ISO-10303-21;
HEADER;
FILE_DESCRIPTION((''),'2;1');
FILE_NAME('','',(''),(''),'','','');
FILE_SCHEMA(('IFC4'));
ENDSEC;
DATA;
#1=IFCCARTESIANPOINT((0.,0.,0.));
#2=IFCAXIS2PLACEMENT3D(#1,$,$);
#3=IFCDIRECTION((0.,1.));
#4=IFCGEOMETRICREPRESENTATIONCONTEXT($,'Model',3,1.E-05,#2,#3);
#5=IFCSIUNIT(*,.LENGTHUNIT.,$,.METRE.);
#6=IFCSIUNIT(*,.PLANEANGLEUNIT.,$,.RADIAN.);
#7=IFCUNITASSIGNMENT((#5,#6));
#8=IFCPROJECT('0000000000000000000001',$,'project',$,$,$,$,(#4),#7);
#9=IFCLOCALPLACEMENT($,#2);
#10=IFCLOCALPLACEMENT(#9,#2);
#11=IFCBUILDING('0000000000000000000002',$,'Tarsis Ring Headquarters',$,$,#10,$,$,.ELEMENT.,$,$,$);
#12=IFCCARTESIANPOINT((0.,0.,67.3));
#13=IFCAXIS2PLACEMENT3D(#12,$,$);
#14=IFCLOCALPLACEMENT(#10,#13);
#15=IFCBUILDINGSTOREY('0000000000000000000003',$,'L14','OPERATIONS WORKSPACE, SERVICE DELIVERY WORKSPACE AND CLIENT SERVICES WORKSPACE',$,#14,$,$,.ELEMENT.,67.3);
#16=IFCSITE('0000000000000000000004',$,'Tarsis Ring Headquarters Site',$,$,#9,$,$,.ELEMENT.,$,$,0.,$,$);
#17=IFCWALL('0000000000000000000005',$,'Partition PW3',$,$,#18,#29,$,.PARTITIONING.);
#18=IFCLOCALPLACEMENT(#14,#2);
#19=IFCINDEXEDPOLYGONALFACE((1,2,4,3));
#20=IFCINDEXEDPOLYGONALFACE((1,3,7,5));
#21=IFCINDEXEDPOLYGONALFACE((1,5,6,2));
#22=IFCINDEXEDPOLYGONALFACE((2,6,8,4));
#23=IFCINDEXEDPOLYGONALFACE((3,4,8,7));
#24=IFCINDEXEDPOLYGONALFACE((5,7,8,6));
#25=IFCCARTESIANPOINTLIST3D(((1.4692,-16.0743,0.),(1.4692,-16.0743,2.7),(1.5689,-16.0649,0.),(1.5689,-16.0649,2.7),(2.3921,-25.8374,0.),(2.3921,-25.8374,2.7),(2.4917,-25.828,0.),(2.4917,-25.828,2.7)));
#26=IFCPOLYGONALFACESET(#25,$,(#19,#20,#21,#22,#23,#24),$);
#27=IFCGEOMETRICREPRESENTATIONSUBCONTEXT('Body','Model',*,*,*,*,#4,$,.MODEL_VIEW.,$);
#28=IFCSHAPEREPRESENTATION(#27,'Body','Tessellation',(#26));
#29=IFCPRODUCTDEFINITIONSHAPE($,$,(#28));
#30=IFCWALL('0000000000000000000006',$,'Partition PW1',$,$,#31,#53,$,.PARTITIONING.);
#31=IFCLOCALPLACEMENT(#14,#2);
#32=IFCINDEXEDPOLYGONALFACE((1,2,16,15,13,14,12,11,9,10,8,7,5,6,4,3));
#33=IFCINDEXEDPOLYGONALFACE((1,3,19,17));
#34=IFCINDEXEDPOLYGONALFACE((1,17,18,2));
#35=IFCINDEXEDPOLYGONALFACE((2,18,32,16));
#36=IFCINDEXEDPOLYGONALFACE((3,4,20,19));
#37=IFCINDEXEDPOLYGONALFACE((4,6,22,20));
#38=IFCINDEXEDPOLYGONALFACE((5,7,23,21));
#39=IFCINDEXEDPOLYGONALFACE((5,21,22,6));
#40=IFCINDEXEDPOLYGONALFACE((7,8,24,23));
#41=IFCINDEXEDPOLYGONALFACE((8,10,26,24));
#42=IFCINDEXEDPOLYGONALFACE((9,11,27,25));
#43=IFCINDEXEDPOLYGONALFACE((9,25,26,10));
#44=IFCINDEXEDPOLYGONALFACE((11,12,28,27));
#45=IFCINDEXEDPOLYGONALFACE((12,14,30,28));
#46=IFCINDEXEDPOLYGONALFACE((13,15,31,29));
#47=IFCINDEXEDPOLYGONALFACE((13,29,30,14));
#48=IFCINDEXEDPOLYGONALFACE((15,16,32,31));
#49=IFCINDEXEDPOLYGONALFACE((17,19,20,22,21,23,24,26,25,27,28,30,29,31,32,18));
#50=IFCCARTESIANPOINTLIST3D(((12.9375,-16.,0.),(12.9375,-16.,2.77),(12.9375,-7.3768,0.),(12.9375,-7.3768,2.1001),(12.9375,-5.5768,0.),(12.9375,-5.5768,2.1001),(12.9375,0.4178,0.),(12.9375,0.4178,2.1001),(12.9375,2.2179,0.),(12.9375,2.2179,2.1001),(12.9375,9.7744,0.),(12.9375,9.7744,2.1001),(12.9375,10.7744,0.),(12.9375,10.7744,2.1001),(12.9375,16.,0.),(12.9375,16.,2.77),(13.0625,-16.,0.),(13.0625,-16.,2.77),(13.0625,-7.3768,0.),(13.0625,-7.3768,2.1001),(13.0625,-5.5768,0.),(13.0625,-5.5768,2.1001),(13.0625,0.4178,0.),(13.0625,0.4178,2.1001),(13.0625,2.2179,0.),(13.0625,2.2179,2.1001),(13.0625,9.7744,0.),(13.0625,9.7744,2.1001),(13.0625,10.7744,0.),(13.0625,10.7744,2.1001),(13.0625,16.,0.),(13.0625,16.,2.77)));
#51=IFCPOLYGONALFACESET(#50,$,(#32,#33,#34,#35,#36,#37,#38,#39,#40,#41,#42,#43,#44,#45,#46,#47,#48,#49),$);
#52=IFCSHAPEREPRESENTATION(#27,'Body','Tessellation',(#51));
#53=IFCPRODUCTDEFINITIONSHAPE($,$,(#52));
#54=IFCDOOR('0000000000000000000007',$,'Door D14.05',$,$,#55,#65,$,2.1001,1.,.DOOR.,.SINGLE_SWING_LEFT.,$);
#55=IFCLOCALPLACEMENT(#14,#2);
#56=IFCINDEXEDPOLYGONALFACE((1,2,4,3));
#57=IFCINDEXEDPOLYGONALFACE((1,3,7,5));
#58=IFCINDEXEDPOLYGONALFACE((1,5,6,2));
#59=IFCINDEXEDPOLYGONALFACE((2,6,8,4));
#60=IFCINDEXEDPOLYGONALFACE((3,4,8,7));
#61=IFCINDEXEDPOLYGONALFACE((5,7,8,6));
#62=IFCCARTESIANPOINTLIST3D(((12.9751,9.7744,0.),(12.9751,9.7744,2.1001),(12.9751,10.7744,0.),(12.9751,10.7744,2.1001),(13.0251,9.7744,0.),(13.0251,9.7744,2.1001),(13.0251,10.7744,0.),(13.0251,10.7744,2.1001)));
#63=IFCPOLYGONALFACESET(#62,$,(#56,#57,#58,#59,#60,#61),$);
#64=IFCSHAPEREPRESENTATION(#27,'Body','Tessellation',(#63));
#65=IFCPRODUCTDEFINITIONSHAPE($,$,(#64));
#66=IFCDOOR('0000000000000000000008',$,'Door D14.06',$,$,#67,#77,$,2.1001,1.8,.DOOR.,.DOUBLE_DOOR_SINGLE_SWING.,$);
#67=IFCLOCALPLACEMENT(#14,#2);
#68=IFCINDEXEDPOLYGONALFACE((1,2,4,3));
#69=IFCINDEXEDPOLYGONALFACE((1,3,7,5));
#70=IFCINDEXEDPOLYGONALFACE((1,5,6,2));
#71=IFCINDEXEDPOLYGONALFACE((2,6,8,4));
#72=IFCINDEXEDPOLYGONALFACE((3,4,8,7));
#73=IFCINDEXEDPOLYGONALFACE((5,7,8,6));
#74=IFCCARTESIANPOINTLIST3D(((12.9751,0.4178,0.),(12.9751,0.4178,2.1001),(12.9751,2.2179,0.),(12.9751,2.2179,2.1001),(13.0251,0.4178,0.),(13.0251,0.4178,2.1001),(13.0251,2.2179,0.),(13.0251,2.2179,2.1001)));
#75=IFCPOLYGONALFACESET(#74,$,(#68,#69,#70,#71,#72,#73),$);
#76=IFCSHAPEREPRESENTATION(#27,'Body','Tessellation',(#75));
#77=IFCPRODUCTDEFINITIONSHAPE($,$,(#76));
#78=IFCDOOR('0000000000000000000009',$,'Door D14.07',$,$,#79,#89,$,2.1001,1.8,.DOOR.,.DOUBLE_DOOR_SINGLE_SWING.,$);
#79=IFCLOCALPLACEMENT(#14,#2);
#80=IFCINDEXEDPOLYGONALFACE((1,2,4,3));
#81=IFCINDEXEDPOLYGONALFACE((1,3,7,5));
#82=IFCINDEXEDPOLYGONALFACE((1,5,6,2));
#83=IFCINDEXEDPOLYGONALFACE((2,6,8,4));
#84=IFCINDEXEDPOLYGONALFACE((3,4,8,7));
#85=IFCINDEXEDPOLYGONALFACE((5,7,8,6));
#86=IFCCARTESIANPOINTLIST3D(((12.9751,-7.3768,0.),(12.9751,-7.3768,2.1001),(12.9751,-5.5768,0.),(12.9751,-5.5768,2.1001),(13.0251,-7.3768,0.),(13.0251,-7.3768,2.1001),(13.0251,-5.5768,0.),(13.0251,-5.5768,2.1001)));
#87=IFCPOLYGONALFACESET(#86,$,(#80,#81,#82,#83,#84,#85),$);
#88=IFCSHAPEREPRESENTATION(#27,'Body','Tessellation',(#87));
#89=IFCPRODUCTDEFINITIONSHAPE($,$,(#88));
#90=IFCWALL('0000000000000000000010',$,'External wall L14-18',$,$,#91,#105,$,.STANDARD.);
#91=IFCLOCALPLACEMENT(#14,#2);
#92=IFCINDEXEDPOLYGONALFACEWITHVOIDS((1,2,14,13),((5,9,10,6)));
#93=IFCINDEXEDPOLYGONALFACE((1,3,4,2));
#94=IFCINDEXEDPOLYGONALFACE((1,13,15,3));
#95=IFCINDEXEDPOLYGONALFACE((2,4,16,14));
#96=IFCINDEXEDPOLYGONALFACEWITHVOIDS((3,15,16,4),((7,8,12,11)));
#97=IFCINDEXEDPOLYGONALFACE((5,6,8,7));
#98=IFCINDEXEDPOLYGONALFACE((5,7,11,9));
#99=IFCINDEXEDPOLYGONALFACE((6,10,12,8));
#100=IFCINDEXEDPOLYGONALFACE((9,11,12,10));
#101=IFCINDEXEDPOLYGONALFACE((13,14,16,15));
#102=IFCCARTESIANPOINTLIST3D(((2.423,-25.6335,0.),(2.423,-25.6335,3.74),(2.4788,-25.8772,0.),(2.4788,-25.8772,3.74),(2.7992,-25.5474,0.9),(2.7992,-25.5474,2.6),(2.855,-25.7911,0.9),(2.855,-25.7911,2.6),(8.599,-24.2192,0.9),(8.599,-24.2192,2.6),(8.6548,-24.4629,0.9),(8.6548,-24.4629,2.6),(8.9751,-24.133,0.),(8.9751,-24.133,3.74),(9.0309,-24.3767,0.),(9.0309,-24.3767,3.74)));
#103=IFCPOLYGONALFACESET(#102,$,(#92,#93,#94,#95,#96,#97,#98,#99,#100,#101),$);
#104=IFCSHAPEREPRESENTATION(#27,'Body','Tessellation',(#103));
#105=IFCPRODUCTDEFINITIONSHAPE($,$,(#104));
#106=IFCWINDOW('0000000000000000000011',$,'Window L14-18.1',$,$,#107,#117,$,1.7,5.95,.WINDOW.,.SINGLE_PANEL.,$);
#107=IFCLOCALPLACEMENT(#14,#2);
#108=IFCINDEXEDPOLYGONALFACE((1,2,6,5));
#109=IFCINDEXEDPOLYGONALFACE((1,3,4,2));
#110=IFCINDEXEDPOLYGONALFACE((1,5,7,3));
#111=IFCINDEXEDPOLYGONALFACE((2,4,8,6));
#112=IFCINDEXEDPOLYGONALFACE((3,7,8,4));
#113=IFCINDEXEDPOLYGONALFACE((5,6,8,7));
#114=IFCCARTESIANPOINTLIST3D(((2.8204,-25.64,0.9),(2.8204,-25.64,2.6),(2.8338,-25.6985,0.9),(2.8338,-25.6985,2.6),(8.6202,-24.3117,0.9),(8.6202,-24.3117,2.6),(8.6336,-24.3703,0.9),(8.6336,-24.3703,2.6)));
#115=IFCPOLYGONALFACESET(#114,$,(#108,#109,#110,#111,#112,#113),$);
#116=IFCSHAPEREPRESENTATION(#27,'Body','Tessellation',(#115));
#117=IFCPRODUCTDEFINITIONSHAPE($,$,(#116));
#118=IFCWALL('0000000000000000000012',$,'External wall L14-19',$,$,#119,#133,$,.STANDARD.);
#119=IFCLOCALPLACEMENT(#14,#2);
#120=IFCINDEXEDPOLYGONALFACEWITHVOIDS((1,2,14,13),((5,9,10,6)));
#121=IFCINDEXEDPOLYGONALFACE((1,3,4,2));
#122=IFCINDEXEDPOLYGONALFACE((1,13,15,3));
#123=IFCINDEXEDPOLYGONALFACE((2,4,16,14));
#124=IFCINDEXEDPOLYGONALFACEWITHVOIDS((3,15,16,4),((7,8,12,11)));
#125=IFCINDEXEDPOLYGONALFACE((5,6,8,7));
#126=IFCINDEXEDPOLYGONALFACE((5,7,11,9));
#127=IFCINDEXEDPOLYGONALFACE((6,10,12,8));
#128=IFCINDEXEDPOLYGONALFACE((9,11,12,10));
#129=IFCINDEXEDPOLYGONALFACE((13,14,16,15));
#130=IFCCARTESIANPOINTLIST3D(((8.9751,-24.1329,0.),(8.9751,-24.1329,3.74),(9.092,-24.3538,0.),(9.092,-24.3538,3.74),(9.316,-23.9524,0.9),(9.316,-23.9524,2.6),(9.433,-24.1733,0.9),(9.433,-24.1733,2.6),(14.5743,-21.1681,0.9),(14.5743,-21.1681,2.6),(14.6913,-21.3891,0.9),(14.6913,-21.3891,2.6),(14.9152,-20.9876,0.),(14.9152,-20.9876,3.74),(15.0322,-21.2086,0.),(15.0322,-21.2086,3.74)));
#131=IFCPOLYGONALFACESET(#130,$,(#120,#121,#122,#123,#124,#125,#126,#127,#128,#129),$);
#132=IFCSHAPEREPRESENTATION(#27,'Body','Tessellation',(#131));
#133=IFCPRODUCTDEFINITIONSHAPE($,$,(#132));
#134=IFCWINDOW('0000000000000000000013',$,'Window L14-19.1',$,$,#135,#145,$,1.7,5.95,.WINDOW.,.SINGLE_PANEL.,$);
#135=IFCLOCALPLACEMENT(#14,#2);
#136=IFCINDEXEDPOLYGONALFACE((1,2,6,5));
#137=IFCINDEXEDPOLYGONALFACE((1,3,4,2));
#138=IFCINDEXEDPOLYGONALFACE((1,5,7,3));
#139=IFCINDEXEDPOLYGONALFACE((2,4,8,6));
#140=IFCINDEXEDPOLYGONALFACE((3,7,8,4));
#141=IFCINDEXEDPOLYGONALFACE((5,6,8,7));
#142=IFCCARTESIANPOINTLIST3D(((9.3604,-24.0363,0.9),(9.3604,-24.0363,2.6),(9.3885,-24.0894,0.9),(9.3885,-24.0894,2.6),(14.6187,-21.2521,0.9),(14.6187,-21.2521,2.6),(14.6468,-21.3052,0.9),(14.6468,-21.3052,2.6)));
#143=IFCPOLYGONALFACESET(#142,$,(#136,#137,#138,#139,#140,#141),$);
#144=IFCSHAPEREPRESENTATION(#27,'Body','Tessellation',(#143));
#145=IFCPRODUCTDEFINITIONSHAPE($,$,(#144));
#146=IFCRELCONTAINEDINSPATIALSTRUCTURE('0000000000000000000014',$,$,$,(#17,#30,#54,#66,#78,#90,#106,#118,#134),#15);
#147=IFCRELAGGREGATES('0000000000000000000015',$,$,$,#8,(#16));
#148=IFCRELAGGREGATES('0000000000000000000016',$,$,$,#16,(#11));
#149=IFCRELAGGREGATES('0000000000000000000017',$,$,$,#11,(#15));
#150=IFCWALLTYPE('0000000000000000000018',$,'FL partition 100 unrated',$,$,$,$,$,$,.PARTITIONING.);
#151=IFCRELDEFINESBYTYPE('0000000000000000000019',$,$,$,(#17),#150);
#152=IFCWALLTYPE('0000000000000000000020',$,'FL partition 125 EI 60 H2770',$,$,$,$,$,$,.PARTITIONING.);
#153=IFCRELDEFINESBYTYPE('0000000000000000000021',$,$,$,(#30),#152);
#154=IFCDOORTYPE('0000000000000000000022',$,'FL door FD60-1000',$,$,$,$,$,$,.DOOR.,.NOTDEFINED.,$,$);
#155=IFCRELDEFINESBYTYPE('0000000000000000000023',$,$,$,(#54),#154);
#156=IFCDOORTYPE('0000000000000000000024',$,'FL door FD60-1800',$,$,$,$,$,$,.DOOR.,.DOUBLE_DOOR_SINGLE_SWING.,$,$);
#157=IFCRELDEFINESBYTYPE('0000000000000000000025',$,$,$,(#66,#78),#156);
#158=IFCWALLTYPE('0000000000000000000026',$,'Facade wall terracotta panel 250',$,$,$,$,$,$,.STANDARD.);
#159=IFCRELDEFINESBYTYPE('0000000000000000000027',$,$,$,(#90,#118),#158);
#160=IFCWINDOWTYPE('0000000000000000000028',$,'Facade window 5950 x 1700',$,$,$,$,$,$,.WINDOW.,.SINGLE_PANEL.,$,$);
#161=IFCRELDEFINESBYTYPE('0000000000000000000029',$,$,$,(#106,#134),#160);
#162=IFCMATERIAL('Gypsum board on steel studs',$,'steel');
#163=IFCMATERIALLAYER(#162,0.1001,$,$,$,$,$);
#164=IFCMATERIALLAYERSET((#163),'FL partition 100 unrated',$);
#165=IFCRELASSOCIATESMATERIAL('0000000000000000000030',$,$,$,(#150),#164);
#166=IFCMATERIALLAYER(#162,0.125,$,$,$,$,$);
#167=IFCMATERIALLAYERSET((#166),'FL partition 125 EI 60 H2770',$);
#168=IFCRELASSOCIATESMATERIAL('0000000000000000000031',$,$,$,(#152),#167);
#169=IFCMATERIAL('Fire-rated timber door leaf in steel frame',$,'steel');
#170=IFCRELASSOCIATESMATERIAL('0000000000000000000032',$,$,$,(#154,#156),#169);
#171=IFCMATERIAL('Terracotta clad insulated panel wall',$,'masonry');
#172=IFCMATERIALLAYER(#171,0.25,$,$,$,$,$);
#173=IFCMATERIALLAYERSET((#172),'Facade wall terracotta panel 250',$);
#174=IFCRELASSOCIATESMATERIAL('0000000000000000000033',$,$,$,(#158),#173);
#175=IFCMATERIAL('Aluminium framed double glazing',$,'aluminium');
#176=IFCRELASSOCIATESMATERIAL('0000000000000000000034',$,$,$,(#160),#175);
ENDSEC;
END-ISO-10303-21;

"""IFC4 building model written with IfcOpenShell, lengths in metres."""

from ifc_helpers import new_model, si_unit, direction, frame, frame_2d, origin, place, context, subcontext, project, spatial, rectangle, extrude, material, layer, layer_set, type_object, element, fill, save


model = new_model("IFC4")

# Units and contexts
model_context = context("Model", 3, precision=1e-05, world=origin(), true_north=direction((0.0, 1.0)))
body_context = subcontext(model_context, "Body", "Model", "MODEL_VIEW")
ifc_project = project(units=[si_unit("LENGTHUNIT", "METRE"), si_unit("PLANEANGLEUNIT", "RADIAN")], contexts=[model_context])

# Site, building, storey
site_placement = place(None, origin())
site = spatial("IfcSite", under=ifc_project, at=site_placement, Name="Tarsis Ring Headquarters Site", CompositionType="ELEMENT", RefElevation=0.0)
building_placement = place(site_placement, origin())
building = spatial("IfcBuilding", under=site, at=building_placement, Name="Tarsis Ring Headquarters", CompositionType="ELEMENT")
storey_placement = place(building_placement, frame((0.0, 0.0, 67.3)))
storey = spatial("IfcBuildingStorey", under=building, at=storey_placement, Name="L14", Description="OPERATIONS WORKSPACE, SERVICE DELIVERY WORKSPACE AND CLIENT SERVICES WORKSPACE", CompositionType="ELEMENT", Elevation=67.3)

# Wall
ifc_material_1 = material(Name="Gypsum board on steel studs", Category="steel")
ifc_layer_1 = layer(ifc_material_1, 0.1001)
ifc_layer_set_1 = layer_set([ifc_layer_1], Name="FL partition 100 unrated")
wall_type_1 = type_object("IfcWallType", Name="FL partition 100 unrated", PredefinedType="PARTITIONING", material=ifc_layer_set_1)
wall_1_placement = place(storey_placement, frame((1.519, -16.0696, 0.0), z_axis=(0.0, 0.0, 1.0), x_axis=(0.094104, -0.995562, 0.0)))
element("IfcWall", 1, at=wall_1_placement, inside=storey, type_object=wall_type_1, Name="Partition PW3", PredefinedType="PARTITIONING", context=body_context, shape_type="SweptSolid", body=[
    extrude(rectangle(XDim=9.8066, YDim=0.1001, at=frame_2d((4.9033, 0.0))), origin(), (0.0, 0.0, 1.0), 2.7),
])

# Wall, openings, doors
ifc_layer_2 = layer(ifc_material_1, 0.125)
ifc_layer_set_2 = layer_set([ifc_layer_2], Name="FL partition 125 EI 60 H2770")
wall_type_2 = type_object("IfcWallType", Name="FL partition 125 EI 60 H2770", PredefinedType="PARTITIONING", material=ifc_layer_set_2)
wall_2_placement = place(storey_placement, frame((13.0, -16.0, 0.0), z_axis=(0.0, 0.0, 1.0), x_axis=(0.0, 1.0, 0.0)))
wall_2 = element("IfcWall", 2, at=wall_2_placement, inside=storey, type_object=wall_type_2, Name="Partition PW1", PredefinedType="PARTITIONING", context=body_context, shape_type="SweptSolid", body=[
    extrude(rectangle(XDim=32.0, YDim=0.125, at=frame_2d((16.0, 0.0))), origin(), (0.0, 0.0, 1.0), 2.77),
])
opening_1_placement = place(wall_2_placement, frame((25.7744, 0.0, 0.0)))
opening_1 = element("IfcOpeningElement", 3, at=opening_1_placement, cuts=wall_2, PredefinedType="OPENING", context=body_context, shape_type="SweptSolid", body=[
    extrude(rectangle(XDim=1.0, YDim=2.1001, at=frame_2d((0.5, 1.05))), frame((0.0, 0.0725, 0.0), z_axis=(0.0, -1.0, 0.0), x_axis=(1.0, 0.0, 0.0)), (0.0, 0.0, 1.0), 0.145),
])
opening_2_placement = place(wall_2_placement, frame((16.418, 0.0, 0.0)))
opening_2 = element("IfcOpeningElement", 4, at=opening_2_placement, cuts=wall_2, PredefinedType="OPENING", context=body_context, shape_type="SweptSolid", body=[
    extrude(rectangle(XDim=1.8, YDim=2.1001, at=frame_2d((0.8999, 1.05))), frame((0.0, 0.0725, 0.0), z_axis=(0.0, -1.0, 0.0), x_axis=(1.0, 0.0, 0.0)), (0.0, 0.0, 1.0), 0.145),
])
opening_3_placement = place(wall_2_placement, frame((8.6233, 0.0, 0.0)))
opening_3 = element("IfcOpeningElement", 5, at=opening_3_placement, cuts=wall_2, PredefinedType="OPENING", context=body_context, shape_type="SweptSolid", body=[
    extrude(rectangle(XDim=1.8, YDim=2.1001, at=frame_2d((0.8999, 1.05))), frame((0.0, 0.0725, 0.0), z_axis=(0.0, -1.0, 0.0), x_axis=(1.0, 0.0, 0.0)), (0.0, 0.0, 1.0), 0.145),
])
ifc_material_2 = material(Name="Fire-rated timber door leaf in steel frame", Category="steel")
door_type_1 = type_object("IfcDoorType", Name="FL door FD60-1000", OperationType="NOTDEFINED", PredefinedType="DOOR", material=ifc_material_2)
door_1_placement = place(opening_1_placement, origin())
door_1 = element("IfcDoor", 6, at=door_1_placement, inside=storey, type_object=door_type_1, Name="Door D14.05", OperationType="SINGLE_SWING_LEFT", OverallHeight=2.1001, OverallWidth=1.0, PredefinedType="DOOR", context=body_context, shape_type="SweptSolid", body=[
    extrude(rectangle(XDim=1.0, YDim=2.1001, at=frame_2d((0.5, 1.05))), frame((0.0, 0.0249, 0.0), z_axis=(0.0, -1.0, 0.0), x_axis=(1.0, 0.0, 0.0)), (0.0, 0.0, 1.0), 0.05),
])
fill(opening_1, door_1)
door_type_2 = type_object("IfcDoorType", Name="FL door FD60-1800", OperationType="DOUBLE_DOOR_SINGLE_SWING", PredefinedType="DOOR", material=ifc_material_2)
door_2_placement = place(opening_2_placement, origin())
door_2 = element("IfcDoor", 7, at=door_2_placement, inside=storey, type_object=door_type_2, Name="Door D14.06", OperationType="DOUBLE_DOOR_SINGLE_SWING", OverallHeight=2.1001, OverallWidth=1.8, PredefinedType="DOOR", context=body_context, shape_type="SweptSolid", body=[
    extrude(rectangle(XDim=1.8, YDim=2.1001, at=frame_2d((0.8999, 1.05))), frame((0.0, 0.0249, 0.0), z_axis=(0.0, -1.0, 0.0), x_axis=(1.0, 0.0, 0.0)), (0.0, 0.0, 1.0), 0.05),
])
fill(opening_2, door_2)
door_3_placement = place(opening_3_placement, origin())
door_3 = element("IfcDoor", 8, at=door_3_placement, inside=storey, type_object=door_type_2, Name="Door D14.07", OperationType="DOUBLE_DOOR_SINGLE_SWING", OverallHeight=2.1001, OverallWidth=1.8, PredefinedType="DOOR", context=body_context, shape_type="SweptSolid", body=[
    extrude(rectangle(XDim=1.8, YDim=2.1001, at=frame_2d((0.8999, 1.05))), frame((0.0, 0.0249, 0.0), z_axis=(0.0, -1.0, 0.0), x_axis=(1.0, 0.0, 0.0)), (0.0, 0.0, 1.0), 0.05),
])
fill(opening_3, door_3)

# Walls, openings, windows
ifc_material_3 = material(Name="Terracotta clad insulated panel wall", Category="masonry")
ifc_layer_3 = layer(ifc_material_3, 0.25)
ifc_layer_set_3 = layer_set([ifc_layer_3], Name="Facade wall terracotta panel 250")
wall_type_3 = type_object("IfcWallType", Name="Facade wall terracotta panel 250", PredefinedType="STANDARD", material=ifc_layer_set_3)
wall_3_placement = place(storey_placement, frame((2.4509, -25.7554, 0.0), z_axis=(0.0, 0.0, 1.0), x_axis=(0.974765, 0.223233, 0.0)))
wall_3 = element("IfcWall", 9, at=wall_3_placement, inside=storey, type_object=wall_type_3, Name="External wall L14-18", PredefinedType="STANDARD", context=body_context, shape_type="SweptSolid", body=[
    extrude(rectangle(XDim=6.7217, YDim=0.25, at=frame_2d((3.3608, 0.0))), origin(), (0.0, 0.0, 1.0), 3.74),
])
opening_4_placement = place(wall_3_placement, frame((0.3857, 0.0, 0.8999)))
opening_4 = element("IfcOpeningElement", 10, at=opening_4_placement, cuts=wall_3, PredefinedType="OPENING", context=body_context, shape_type="SweptSolid", body=[
    extrude(rectangle(XDim=5.95, YDim=1.7, at=frame_2d((2.9751, 0.8501))), frame((0.0, 0.135, 0.0), z_axis=(0.0, -1.0, 0.0), x_axis=(1.0, 0.0, 0.0)), (0.0, 0.0, 1.0), 0.27),
])
ifc_material_4 = material(Name="Aluminium framed double glazing", Category="aluminium")
window_type = type_object("IfcWindowType", Name="Facade window 5950 x 1700", PartitioningType="SINGLE_PANEL", PredefinedType="WINDOW", material=ifc_material_4)
window_1_placement = place(opening_4_placement, origin())
window_1 = element("IfcWindow", 11, at=window_1_placement, inside=storey, type_object=window_type, Name="Window L14-18.1", OverallHeight=1.7, OverallWidth=5.95, PartitioningType="SINGLE_PANEL", PredefinedType="WINDOW", context=body_context, shape_type="SweptSolid", body=[
    extrude(rectangle(XDim=5.95, YDim=1.7, at=frame_2d((2.9751, 0.8501))), frame((0.0, 0.03, 0.0), z_axis=(0.0, -1.0, 0.0), x_axis=(1.0, 0.0, 0.0)), (0.0, 0.0, 1.0), 0.0601),
])
fill(opening_4, window_1)
wall_4_placement = place(storey_placement, frame((9.0334, -24.2434, 0.0), z_axis=(0.0, 0.0, 1.0), x_axis=(0.88376, 0.467941, 0.0)))
wall_4 = element("IfcWall", 12, at=wall_4_placement, inside=storey, type_object=wall_type_3, Name="External wall L14-19", PredefinedType="STANDARD", context=body_context, shape_type="SweptSolid", body=[
    extrude(rectangle(XDim=6.7214, YDim=0.25, at=frame_2d((3.3608, 0.0))), origin(), (0.0, 0.0, 1.0), 3.74),
])
opening_5_placement = place(wall_4_placement, frame((0.3857, 0.0, 0.8999)))
opening_5 = element("IfcOpeningElement", 13, at=opening_5_placement, cuts=wall_4, PredefinedType="OPENING", context=body_context, shape_type="SweptSolid", body=[
    extrude(rectangle(XDim=5.95, YDim=1.7, at=frame_2d((2.9751, 0.8501))), frame((0.0, 0.135, 0.0), z_axis=(0.0, -1.0, 0.0), x_axis=(1.0, 0.0, 0.0)), (0.0, 0.0, 1.0), 0.27),
])
window_2_placement = place(opening_5_placement, origin())
window_2 = element("IfcWindow", 14, at=window_2_placement, inside=storey, type_object=window_type, Name="Window L14-19.1", OverallHeight=1.7, OverallWidth=5.95, PartitioningType="SINGLE_PANEL", PredefinedType="WINDOW", context=body_context, shape_type="SweptSolid", body=[
    extrude(rectangle(XDim=5.95, YDim=1.7, at=frame_2d((2.9751, 0.8501))), frame((0.0, 0.03, 0.0), z_axis=(0.0, -1.0, 0.0), x_axis=(1.0, 0.0, 0.0)), (0.0, 0.0, 1.0), 0.0601),
])
fill(opening_5, window_2)

save(model, "model.ifc")
